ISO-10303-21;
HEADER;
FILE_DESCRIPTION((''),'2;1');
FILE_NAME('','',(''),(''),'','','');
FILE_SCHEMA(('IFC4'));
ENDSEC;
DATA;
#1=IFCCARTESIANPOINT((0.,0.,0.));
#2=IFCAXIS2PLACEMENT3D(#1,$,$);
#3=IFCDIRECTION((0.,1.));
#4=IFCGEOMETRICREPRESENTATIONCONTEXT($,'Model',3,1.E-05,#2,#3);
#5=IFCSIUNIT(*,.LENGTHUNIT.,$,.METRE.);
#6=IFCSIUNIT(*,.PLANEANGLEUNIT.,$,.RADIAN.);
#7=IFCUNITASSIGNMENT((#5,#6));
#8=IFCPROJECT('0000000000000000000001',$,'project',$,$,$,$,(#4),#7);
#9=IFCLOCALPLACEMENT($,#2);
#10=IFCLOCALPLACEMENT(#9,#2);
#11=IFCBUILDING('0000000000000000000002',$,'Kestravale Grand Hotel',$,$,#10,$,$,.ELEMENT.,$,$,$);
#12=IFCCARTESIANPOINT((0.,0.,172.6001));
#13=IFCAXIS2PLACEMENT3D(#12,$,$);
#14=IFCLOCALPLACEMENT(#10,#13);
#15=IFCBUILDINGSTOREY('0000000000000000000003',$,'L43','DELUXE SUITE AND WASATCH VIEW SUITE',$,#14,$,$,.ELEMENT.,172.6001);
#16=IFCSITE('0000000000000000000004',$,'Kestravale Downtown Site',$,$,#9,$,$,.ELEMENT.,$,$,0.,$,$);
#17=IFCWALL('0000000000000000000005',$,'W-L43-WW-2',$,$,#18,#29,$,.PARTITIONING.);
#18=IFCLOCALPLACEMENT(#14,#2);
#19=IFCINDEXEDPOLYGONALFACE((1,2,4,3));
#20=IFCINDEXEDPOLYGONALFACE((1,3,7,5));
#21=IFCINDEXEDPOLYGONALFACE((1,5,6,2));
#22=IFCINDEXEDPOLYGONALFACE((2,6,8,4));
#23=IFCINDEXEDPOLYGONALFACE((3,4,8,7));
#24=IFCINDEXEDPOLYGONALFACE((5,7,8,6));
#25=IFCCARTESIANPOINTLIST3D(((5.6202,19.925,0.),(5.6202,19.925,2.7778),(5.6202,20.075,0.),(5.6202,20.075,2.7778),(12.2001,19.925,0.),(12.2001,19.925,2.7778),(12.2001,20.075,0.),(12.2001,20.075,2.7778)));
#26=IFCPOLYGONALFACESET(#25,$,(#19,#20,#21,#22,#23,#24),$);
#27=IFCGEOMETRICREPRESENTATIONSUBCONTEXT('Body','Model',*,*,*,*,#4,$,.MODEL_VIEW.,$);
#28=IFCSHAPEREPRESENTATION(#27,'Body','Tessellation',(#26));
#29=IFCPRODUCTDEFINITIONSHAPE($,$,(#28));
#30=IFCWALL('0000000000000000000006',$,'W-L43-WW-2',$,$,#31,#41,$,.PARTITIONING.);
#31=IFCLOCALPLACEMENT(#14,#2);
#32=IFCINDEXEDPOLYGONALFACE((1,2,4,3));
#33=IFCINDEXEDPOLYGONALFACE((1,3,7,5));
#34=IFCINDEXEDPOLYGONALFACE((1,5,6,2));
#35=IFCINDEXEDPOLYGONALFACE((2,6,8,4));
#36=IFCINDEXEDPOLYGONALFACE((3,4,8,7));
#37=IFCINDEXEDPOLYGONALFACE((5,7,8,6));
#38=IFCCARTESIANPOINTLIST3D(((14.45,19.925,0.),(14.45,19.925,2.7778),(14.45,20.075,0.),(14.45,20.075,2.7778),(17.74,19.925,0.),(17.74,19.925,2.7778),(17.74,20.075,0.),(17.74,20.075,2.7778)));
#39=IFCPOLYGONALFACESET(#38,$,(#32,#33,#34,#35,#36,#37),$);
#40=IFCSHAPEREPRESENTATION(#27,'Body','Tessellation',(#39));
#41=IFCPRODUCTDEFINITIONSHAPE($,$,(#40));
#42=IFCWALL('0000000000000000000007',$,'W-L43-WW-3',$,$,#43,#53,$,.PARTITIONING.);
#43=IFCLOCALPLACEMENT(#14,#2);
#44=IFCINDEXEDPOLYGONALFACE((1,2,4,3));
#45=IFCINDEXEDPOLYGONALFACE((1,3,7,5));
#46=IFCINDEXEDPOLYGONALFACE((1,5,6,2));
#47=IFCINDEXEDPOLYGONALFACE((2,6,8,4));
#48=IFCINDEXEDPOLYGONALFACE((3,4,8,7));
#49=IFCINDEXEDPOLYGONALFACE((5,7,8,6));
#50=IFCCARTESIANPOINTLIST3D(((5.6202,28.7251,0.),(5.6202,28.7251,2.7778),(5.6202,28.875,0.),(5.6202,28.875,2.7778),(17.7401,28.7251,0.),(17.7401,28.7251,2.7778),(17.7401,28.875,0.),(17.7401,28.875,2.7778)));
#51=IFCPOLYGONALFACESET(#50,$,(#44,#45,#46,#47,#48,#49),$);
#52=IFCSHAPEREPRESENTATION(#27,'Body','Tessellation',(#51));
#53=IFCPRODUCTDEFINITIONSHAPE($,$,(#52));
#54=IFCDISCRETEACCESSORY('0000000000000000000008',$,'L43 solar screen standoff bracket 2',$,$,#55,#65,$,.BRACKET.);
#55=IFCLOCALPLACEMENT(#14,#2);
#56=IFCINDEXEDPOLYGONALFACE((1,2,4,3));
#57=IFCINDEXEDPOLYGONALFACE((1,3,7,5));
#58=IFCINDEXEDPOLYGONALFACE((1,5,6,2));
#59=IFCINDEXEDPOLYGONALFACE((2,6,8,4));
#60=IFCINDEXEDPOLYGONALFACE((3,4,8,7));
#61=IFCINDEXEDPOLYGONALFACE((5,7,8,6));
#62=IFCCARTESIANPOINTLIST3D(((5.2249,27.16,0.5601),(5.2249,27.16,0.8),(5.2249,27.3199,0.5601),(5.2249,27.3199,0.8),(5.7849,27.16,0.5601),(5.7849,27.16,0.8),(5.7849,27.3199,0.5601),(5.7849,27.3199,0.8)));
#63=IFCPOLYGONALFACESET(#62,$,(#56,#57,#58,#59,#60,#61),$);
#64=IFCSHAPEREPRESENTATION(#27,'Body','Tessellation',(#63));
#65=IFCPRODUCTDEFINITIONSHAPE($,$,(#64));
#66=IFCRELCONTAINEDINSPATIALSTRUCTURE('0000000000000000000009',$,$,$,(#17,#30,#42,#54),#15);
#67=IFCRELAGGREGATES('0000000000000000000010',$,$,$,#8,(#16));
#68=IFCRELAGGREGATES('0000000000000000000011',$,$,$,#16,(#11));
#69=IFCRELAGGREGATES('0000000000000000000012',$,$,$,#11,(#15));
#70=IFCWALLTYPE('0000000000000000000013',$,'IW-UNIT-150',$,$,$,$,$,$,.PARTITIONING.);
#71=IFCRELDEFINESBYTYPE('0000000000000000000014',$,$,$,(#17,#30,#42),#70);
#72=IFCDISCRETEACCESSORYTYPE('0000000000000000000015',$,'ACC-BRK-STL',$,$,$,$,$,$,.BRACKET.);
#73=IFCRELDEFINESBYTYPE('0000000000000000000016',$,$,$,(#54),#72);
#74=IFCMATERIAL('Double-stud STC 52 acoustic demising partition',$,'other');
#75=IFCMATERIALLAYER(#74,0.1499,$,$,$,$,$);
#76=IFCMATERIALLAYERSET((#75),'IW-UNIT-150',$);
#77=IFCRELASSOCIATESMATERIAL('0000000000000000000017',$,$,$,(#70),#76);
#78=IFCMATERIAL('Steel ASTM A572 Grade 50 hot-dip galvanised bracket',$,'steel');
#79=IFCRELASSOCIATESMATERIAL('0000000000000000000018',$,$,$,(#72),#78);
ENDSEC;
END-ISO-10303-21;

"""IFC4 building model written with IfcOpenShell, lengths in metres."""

from ifc_helpers import new_model, si_unit, direction, frame, frame_2d, origin, origin_2d, place, context, subcontext, project, spatial, rectangle, extrude, material, layer, layer_set, type_object, element, save


model = new_model("IFC4")

# Units and contexts
model_context = context("Model", 3, precision=1e-05, world=origin(), true_north=direction((0.0, 1.0)))
body_context = subcontext(model_context, "Body", "Model", "MODEL_VIEW")
ifc_project = project(units=[si_unit("LENGTHUNIT", "METRE"), si_unit("PLANEANGLEUNIT", "RADIAN")], contexts=[model_context])

# Site, building, storey
site_placement = place(None, origin())
site = spatial("IfcSite", under=ifc_project, at=site_placement, Name="Kestravale Downtown Site", CompositionType="ELEMENT", RefElevation=0.0)
building_placement = place(site_placement, origin())
building = spatial("IfcBuilding", under=site, at=building_placement, Name="Kestravale Grand Hotel", CompositionType="ELEMENT")
storey_placement = place(building_placement, frame((0.0, 0.0, 172.6001)))
storey = spatial("IfcBuildingStorey", under=building, at=storey_placement, Name="L43", Description="DELUXE SUITE AND WASATCH VIEW SUITE", CompositionType="ELEMENT", Elevation=172.6001)

# Walls
ifc_material_1 = material(Name="Double-stud STC 52 acoustic demising partition", Category="other")
ifc_layer_1 = layer(ifc_material_1, 0.1499)
ifc_layer_set_1 = layer_set([ifc_layer_1], Name="IW-UNIT-150")
wall_type_1 = type_object("IfcWallType", Name="IW-UNIT-150", PredefinedType="PARTITIONING", material=ifc_layer_set_1)
wall_1_placement = place(storey_placement, frame((5.6201, 20.0, 0.0), z_axis=(0.0, 0.0, 1.0), x_axis=(1.0, 0.0, 0.0)))
element("IfcWall", 1, at=wall_1_placement, inside=storey, type_object=wall_type_1, Name="W-L43-WW-2", PredefinedType="PARTITIONING", context=body_context, shape_type="SweptSolid", body=[
    extrude(rectangle(XDim=6.5798, YDim=0.1499, at=frame_2d((3.29, 0.0))), origin(), (0.0, 0.0, 1.0), 2.7778),
])
wall_2_placement = place(storey_placement, frame((14.45, 20.0, 0.0), z_axis=(0.0, 0.0, 1.0), x_axis=(1.0, 0.0, 0.0)))
element("IfcWall", 2, at=wall_2_placement, inside=storey, type_object=wall_type_1, Name="W-L43-WW-2", PredefinedType="PARTITIONING", context=body_context, shape_type="SweptSolid", body=[
    extrude(rectangle(XDim=3.29, YDim=0.1499, at=frame_2d((1.645, 0.0))), origin(), (0.0, 0.0, 1.0), 2.7778),
])
wall_3_placement = place(storey_placement, frame((5.6201, 28.8, 0.0), z_axis=(0.0, 0.0, 1.0), x_axis=(1.0, 0.0, 0.0)))
element("IfcWall", 3, at=wall_3_placement, inside=storey, type_object=wall_type_1, Name="W-L43-WW-3", PredefinedType="PARTITIONING", context=body_context, shape_type="SweptSolid", body=[
    extrude(rectangle(XDim=12.1199, YDim=0.1499, at=frame_2d((6.0601, 0.0))), origin(), (0.0, 0.0, 1.0), 2.7778),
])

# Discrete accessory
ifc_material_2 = material(Name="Steel ASTM A572 Grade 50 hot-dip galvanised bracket", Category="steel")
discrete_accessory_type = type_object("IfcDiscreteAccessoryType", Name="ACC-BRK-STL", PredefinedType="BRACKET", material=ifc_material_2)
discrete_accessory_placement = place(storey_placement, frame((5.5049, 27.24, 0.5601), z_axis=(0.0, 0.0, 1.0), x_axis=(0.0, -1.0, 0.0)))
element("IfcDiscreteAccessory", 4, at=discrete_accessory_placement, inside=storey, type_object=discrete_accessory_type, Name="L43 solar screen standoff bracket 2", PredefinedType="BRACKET", context=body_context, shape_type="SweptSolid", body=[
    extrude(rectangle(XDim=0.1599, YDim=0.5601, at=origin_2d()), origin(), (0.0, 0.0, 1.0), 0.24),
])

save(model, "model.ifc")
